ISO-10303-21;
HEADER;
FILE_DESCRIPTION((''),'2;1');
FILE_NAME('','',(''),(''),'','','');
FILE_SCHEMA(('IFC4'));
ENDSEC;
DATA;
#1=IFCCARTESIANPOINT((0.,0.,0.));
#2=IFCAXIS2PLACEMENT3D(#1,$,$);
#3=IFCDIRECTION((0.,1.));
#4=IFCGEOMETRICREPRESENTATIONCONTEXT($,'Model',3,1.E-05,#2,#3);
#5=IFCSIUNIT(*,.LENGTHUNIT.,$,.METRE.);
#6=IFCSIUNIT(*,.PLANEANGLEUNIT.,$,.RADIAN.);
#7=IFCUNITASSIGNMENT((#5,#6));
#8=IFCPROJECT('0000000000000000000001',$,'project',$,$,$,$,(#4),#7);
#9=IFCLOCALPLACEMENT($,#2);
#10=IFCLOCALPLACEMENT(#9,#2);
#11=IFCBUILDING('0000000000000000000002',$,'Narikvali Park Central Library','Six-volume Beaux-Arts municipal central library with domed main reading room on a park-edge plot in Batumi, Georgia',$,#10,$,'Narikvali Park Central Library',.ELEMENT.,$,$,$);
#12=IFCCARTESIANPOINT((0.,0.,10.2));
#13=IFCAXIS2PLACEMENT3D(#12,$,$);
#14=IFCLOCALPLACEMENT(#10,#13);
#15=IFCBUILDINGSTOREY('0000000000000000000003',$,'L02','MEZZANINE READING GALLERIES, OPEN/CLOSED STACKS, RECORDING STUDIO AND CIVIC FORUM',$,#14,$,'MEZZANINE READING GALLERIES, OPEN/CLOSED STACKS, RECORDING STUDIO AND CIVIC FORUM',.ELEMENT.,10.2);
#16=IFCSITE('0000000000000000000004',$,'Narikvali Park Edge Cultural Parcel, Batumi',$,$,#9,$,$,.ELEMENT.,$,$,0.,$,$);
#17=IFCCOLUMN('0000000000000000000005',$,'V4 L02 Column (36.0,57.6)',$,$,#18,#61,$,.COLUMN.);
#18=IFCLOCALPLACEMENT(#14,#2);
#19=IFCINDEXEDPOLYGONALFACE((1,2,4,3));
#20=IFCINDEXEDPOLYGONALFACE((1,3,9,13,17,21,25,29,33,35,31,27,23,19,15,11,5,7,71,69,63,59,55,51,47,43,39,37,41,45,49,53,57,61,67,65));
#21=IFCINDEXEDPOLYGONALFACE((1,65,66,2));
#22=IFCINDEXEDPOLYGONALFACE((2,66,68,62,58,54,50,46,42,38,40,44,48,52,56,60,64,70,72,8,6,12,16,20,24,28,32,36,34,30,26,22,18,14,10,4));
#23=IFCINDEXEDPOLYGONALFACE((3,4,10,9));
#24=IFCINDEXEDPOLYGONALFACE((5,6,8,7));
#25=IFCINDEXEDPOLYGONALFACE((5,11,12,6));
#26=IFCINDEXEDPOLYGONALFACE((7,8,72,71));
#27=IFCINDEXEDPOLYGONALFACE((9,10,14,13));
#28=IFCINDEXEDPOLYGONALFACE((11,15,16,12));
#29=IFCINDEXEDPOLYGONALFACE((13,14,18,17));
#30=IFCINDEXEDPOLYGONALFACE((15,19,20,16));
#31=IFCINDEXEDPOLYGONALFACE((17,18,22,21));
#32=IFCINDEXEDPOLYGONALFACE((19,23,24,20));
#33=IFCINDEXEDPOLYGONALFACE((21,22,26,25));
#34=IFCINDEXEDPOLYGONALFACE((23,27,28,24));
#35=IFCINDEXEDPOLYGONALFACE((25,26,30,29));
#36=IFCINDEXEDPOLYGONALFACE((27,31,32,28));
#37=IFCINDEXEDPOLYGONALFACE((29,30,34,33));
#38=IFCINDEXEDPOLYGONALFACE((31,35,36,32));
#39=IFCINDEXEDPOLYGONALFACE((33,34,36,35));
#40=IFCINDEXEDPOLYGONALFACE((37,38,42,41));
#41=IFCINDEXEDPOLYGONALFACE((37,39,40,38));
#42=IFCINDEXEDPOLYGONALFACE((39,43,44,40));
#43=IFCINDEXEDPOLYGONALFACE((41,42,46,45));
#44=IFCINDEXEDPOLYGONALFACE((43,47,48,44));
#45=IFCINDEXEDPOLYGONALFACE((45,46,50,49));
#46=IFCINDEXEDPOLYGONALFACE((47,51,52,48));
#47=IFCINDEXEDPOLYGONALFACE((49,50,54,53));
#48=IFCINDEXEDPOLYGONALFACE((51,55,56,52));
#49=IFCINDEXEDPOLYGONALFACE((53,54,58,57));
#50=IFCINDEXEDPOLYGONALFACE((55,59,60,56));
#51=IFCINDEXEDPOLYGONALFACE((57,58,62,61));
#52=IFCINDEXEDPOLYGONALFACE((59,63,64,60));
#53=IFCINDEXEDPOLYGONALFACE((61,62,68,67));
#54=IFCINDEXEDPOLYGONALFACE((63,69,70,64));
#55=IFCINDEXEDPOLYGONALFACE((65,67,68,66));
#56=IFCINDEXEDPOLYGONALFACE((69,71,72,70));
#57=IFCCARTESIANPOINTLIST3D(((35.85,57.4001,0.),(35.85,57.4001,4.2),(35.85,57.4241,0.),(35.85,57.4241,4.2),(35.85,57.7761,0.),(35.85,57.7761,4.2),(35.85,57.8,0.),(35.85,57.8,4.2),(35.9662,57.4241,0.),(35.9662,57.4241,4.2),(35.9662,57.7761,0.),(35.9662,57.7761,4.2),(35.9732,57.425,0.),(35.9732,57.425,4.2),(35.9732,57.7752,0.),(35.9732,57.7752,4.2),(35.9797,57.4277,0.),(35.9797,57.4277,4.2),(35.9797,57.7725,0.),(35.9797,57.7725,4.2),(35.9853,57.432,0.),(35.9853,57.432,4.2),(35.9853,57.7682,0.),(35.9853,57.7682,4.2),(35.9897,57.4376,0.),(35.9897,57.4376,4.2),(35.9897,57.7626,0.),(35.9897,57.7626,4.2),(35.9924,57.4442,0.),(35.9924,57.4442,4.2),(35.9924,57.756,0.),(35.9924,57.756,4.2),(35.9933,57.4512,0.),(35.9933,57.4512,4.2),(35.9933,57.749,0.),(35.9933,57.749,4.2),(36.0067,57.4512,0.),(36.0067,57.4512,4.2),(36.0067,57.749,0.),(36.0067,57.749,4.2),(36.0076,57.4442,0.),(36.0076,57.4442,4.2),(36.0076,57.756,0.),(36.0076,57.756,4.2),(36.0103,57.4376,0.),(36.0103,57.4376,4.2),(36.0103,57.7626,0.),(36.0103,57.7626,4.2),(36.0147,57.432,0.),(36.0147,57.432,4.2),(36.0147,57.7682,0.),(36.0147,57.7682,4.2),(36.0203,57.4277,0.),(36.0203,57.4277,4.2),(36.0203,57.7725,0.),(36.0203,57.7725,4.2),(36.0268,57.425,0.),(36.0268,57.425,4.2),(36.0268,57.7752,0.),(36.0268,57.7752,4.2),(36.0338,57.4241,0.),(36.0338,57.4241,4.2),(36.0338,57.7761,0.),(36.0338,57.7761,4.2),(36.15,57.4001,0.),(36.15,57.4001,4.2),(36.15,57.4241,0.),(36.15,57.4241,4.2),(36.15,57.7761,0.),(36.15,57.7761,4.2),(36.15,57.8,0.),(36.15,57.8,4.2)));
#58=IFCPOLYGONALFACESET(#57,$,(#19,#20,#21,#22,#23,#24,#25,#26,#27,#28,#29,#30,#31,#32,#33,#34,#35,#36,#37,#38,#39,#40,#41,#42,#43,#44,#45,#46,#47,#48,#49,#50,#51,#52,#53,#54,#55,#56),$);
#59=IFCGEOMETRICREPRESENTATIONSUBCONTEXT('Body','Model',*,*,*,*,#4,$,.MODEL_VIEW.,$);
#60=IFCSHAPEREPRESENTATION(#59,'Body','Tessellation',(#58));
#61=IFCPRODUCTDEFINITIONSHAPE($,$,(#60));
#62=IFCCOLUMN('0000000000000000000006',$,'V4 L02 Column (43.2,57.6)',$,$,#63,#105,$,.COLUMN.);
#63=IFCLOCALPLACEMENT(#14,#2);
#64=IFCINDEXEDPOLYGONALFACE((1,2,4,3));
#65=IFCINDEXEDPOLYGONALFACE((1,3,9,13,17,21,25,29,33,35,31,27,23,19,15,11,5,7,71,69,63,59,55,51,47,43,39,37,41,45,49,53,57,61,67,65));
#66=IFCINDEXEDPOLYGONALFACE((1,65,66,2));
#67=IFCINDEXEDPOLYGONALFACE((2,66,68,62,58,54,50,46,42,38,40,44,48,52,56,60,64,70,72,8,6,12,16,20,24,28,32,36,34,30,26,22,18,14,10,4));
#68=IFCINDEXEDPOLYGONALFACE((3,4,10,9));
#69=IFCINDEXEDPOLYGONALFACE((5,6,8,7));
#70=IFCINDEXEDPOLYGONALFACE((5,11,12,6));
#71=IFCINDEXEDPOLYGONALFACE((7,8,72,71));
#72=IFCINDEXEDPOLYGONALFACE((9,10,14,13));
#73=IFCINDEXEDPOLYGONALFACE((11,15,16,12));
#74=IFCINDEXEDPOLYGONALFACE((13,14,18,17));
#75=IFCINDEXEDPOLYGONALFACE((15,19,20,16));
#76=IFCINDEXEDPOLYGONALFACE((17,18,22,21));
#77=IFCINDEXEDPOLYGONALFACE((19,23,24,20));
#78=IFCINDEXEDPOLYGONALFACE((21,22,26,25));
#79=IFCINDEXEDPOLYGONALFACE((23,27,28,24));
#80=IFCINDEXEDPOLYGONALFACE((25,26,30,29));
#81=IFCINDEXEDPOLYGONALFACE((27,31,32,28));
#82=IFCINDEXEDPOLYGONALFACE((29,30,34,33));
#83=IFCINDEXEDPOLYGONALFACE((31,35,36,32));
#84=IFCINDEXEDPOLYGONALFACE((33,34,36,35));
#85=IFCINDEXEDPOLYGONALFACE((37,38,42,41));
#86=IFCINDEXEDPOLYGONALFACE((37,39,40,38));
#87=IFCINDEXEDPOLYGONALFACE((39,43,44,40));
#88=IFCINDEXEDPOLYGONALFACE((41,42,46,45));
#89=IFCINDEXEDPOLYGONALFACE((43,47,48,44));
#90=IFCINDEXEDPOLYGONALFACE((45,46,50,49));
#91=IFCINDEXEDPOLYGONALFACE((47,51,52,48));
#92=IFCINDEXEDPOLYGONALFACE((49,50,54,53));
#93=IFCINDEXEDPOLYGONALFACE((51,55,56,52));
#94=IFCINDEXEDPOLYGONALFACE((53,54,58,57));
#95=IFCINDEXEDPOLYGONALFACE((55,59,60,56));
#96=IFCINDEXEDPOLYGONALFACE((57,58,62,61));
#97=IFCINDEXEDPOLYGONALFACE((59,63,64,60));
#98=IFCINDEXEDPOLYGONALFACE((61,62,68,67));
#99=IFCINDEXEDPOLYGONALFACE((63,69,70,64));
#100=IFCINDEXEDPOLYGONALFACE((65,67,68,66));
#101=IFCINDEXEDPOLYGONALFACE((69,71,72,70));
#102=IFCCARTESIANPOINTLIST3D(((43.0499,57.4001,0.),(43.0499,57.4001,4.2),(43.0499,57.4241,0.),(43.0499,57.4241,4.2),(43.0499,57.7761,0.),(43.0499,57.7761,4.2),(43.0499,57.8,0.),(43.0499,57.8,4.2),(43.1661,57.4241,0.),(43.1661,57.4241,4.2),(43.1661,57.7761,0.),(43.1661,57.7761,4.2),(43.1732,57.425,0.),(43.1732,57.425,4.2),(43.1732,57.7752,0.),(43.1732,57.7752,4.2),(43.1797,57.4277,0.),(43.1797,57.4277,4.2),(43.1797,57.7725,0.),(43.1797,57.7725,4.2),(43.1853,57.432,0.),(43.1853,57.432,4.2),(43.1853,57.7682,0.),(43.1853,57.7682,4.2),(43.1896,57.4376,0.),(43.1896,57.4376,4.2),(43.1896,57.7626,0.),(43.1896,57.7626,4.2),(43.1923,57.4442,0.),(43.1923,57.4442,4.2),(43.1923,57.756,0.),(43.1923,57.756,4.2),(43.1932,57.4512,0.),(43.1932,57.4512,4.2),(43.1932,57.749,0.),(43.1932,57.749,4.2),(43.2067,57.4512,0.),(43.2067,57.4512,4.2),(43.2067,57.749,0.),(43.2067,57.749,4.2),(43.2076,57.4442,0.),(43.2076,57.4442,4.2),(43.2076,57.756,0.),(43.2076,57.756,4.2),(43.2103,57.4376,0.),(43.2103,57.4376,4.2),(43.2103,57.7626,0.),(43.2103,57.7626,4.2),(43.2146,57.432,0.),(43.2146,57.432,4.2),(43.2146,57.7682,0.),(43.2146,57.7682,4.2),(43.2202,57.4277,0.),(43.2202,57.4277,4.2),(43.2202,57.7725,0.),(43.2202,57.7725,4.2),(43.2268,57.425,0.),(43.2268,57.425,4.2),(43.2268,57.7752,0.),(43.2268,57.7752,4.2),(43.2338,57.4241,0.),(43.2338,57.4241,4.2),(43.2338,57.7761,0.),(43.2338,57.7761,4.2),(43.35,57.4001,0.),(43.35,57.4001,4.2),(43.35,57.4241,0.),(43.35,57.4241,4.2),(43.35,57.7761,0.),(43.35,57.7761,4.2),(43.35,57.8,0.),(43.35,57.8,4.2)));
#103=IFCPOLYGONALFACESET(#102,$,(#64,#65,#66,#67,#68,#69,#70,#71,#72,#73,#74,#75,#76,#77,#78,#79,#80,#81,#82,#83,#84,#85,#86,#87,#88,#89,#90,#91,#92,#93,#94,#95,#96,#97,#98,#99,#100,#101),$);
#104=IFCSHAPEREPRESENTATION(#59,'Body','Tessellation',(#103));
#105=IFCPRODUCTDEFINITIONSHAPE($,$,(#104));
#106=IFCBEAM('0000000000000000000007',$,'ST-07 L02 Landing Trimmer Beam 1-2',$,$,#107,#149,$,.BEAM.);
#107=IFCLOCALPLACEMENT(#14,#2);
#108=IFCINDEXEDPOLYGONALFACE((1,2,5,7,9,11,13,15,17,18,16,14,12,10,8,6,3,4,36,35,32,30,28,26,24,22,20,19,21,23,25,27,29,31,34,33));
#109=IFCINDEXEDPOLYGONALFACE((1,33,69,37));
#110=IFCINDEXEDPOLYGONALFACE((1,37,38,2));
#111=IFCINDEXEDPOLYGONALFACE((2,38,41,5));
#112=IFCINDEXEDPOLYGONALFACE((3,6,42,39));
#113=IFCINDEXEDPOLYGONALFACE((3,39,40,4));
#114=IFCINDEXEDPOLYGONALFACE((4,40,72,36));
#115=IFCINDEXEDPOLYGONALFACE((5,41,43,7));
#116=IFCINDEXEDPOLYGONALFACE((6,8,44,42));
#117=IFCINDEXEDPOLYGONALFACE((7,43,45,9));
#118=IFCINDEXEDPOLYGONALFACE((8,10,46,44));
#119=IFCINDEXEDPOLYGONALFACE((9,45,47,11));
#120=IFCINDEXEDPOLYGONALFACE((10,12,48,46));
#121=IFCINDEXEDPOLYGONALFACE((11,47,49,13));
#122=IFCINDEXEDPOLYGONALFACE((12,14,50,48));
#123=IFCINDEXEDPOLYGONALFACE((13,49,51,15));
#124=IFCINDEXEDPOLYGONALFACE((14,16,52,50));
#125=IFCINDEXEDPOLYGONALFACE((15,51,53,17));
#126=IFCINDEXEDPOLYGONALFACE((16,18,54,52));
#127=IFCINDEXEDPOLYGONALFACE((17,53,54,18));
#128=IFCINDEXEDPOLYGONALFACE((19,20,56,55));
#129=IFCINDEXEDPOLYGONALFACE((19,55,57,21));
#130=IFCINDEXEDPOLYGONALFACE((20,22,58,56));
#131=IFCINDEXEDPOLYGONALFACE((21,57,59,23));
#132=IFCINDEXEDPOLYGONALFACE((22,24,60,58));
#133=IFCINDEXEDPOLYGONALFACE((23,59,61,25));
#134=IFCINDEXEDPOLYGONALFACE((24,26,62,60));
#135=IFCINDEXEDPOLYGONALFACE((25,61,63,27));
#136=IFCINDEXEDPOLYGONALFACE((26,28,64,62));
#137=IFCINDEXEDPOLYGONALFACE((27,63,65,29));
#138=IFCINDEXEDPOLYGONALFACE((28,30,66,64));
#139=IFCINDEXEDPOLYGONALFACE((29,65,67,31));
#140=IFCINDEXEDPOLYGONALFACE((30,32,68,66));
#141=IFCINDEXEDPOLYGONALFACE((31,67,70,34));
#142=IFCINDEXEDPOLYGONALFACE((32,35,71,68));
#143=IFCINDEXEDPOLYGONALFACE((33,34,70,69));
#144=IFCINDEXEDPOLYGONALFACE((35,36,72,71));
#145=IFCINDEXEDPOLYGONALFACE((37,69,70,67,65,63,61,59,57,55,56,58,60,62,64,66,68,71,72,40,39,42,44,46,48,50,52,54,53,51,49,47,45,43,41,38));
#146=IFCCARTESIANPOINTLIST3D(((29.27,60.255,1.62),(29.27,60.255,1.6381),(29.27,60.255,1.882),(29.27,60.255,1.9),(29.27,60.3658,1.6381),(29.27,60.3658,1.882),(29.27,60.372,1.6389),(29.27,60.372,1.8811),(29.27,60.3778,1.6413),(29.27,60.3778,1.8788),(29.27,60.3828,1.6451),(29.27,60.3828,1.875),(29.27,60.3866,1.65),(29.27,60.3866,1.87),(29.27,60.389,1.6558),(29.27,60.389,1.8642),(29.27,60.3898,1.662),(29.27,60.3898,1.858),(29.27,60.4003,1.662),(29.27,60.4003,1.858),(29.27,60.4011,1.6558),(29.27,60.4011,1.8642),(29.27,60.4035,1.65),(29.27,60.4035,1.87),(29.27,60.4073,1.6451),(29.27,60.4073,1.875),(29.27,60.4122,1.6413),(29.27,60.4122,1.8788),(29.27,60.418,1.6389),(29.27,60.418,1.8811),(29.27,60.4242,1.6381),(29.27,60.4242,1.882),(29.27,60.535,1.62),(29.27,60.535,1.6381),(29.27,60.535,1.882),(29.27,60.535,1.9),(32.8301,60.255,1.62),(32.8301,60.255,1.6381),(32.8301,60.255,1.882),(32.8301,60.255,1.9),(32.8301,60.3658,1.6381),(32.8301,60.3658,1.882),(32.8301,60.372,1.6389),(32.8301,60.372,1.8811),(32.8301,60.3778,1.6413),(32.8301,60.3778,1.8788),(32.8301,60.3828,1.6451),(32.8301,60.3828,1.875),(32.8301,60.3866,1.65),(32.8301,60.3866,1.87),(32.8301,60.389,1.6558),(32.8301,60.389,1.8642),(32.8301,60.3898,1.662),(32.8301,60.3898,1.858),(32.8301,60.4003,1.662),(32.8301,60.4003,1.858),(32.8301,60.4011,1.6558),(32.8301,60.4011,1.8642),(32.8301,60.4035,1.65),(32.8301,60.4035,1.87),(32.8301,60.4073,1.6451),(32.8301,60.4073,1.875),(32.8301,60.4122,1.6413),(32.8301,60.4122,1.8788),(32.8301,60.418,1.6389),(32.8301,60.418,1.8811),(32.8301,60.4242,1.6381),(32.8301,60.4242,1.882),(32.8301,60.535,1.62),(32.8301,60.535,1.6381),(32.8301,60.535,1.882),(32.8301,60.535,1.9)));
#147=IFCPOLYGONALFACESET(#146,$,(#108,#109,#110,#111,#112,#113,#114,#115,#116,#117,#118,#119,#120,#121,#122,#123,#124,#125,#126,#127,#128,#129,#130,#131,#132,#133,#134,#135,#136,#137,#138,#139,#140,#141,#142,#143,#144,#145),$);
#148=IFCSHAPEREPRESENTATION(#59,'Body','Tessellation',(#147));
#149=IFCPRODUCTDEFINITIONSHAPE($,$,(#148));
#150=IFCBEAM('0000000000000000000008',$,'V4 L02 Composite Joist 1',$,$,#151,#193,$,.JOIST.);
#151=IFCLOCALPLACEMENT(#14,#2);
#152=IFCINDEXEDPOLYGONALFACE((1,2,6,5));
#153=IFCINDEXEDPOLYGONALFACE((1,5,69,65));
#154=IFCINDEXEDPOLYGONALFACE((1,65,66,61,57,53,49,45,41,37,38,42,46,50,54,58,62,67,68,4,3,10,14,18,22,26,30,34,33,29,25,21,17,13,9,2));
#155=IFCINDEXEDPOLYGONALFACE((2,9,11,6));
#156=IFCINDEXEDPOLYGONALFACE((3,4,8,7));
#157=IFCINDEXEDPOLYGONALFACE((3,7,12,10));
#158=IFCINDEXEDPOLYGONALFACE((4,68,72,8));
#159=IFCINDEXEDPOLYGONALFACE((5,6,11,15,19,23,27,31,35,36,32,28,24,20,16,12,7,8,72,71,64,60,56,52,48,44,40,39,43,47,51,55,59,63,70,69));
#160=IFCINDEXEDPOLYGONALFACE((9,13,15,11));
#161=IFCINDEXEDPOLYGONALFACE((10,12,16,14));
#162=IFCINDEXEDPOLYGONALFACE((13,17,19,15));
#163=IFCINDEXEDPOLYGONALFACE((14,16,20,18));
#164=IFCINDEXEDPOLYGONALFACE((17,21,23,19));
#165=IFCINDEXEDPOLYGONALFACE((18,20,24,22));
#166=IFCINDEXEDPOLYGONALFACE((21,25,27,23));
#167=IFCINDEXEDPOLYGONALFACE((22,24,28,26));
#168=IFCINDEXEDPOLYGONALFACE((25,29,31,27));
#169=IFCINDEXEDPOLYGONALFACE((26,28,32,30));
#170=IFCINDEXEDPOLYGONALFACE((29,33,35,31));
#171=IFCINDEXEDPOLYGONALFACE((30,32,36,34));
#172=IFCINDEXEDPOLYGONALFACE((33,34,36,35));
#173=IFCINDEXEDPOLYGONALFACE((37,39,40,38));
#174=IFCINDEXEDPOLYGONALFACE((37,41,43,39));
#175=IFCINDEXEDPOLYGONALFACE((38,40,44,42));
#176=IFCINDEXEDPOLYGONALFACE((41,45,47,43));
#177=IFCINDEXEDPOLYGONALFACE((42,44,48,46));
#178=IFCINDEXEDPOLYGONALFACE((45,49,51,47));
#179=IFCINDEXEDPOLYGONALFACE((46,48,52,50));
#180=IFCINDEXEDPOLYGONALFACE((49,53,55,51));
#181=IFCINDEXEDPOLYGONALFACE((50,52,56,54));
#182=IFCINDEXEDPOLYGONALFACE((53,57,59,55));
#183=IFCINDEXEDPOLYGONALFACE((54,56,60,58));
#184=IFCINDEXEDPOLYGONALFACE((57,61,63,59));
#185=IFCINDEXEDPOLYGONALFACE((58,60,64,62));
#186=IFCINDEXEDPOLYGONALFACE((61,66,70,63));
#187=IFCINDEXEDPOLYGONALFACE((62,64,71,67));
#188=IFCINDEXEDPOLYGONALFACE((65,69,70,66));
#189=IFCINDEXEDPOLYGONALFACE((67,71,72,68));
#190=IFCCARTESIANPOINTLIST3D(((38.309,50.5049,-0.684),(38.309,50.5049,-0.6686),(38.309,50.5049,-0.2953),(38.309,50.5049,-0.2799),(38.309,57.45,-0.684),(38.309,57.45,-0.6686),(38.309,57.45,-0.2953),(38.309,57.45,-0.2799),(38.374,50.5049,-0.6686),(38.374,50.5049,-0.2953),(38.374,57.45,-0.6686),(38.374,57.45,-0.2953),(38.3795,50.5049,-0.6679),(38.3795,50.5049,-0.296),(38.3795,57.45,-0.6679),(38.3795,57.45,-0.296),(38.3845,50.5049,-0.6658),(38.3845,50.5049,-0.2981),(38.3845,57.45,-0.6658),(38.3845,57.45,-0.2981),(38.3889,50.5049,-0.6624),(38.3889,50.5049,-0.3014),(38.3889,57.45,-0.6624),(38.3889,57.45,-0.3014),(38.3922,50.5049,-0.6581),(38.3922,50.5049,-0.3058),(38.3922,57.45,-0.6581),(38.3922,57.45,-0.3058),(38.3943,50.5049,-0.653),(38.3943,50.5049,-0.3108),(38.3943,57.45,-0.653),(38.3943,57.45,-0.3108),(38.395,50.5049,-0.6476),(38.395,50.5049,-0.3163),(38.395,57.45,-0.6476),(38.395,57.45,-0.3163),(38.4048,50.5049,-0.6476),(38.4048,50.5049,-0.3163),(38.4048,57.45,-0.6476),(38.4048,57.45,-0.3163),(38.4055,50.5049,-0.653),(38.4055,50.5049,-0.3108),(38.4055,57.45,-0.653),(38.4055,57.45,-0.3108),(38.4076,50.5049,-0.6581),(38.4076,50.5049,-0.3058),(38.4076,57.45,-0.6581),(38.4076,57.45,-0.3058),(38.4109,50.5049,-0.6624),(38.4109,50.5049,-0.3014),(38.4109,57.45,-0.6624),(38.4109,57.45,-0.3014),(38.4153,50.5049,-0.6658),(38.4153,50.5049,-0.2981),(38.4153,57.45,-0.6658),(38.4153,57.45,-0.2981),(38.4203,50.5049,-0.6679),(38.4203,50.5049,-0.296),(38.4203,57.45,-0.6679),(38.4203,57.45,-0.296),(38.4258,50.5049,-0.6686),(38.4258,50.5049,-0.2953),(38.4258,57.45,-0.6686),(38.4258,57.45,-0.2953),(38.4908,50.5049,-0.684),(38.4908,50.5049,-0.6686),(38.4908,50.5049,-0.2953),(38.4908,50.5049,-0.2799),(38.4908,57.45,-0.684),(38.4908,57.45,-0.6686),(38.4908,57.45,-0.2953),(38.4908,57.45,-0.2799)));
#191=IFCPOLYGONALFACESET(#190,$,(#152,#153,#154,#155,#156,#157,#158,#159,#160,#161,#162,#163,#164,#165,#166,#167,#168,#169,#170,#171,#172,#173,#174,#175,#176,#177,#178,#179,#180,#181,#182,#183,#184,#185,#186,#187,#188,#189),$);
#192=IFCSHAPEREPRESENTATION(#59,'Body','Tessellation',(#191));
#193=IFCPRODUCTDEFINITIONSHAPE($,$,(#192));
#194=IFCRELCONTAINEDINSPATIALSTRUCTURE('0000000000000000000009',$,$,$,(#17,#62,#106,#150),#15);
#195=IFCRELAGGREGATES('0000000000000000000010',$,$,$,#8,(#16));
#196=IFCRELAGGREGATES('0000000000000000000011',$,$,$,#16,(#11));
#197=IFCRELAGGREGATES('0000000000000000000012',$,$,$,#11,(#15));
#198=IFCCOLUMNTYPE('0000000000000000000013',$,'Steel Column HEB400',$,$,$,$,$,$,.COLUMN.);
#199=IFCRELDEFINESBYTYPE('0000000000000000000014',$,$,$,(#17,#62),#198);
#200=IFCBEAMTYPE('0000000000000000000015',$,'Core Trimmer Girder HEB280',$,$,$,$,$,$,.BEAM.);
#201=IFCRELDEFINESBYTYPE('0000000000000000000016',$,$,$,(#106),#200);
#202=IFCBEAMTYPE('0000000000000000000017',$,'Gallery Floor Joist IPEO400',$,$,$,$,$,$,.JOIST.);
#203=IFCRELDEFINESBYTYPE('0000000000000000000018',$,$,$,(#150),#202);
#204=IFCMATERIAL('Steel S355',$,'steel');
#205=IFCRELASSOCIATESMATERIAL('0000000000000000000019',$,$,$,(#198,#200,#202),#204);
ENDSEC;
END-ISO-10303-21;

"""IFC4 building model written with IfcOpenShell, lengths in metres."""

from ifc_helpers import new_model, si_unit, direction, frame, origin, origin_2d, place, context, subcontext, project, spatial, i_section, extrude, material, material_profile, profile_set, type_object, element, save


model = new_model("IFC4")

# Units and contexts
model_context = context("Model", 3, precision=1e-05, world=origin(), true_north=direction((0.0, 1.0)))
body_context = subcontext(model_context, "Body", "Model", "MODEL_VIEW")
ifc_project = project(units=[si_unit("LENGTHUNIT", "METRE"), si_unit("PLANEANGLEUNIT", "RADIAN")], contexts=[model_context])

# Site, building, storey
site_placement = place(None, origin())
site = spatial("IfcSite", under=ifc_project, at=site_placement, Name="Narikvali Park Edge Cultural Parcel, Batumi", CompositionType="ELEMENT", RefElevation=0.0)
building_placement = place(site_placement, origin())
building = spatial("IfcBuilding", under=site, at=building_placement, Name="Narikvali Park Central Library", Description="Six-volume Beaux-Arts municipal central library with domed main reading room on a park-edge plot in Batumi, Georgia", LongName="Narikvali Park Central Library", CompositionType="ELEMENT")
storey_placement = place(building_placement, frame((0.0, 0.0, 10.2)))
storey = spatial("IfcBuildingStorey", under=building, at=storey_placement, Name="L02", Description="MEZZANINE READING GALLERIES, OPEN/CLOSED STACKS, RECORDING STUDIO AND CIVIC FORUM", LongName="MEZZANINE READING GALLERIES, OPEN/CLOSED STACKS, RECORDING STUDIO AND CIVIC FORUM", CompositionType="ELEMENT", Elevation=10.2)

# Columns
ifc_material_1 = material(Name="Steel S355", Category="steel")
ifc_material_profile_1 = material_profile(ifc_material_1, i_section(OverallWidth=0.3, OverallDepth=0.3999, WebThickness=0.0134, FlangeThickness=0.0239, FilletRadius=0.0271, at=origin_2d()), Name="HEB 400")
ifc_profile_set_1 = profile_set([ifc_material_profile_1], Name="Steel S355")
column_type = type_object("IfcColumnType", Name="Steel Column HEB400", PredefinedType="COLUMN", material=ifc_profile_set_1)
for number, where, z_axis, x_axis, name in (
    (1, (36.0, 57.6001, 0.0), (0.0, 0.0, 1.0), (1.0, 0.0, 0.0), "V4 L02 Column (36.0,57.6)"),
    (2, (43.2, 57.6001, 0.0), (0.0, 0.0, 1.0), (1.0, 0.0, 0.0), "V4 L02 Column (43.2,57.6)"),
):
    element("IfcColumn", number, at=place(storey_placement, frame(where, z_axis=z_axis, x_axis=x_axis)), inside=storey, type_object=column_type, Name=name, PredefinedType="COLUMN", context=body_context, shape_type="SweptSolid", body=[
        extrude(i_section(OverallWidth=0.3, OverallDepth=0.3999, WebThickness=0.0134, FlangeThickness=0.0239, FilletRadius=0.0271, at=origin_2d()), origin(), (0.0, 0.0, 1.0), 4.2),
    ])

# Beams
ifc_material_profile_2 = material_profile(ifc_material_1, i_section(OverallWidth=0.28, OverallDepth=0.28, WebThickness=0.0105, FlangeThickness=0.0181, FilletRadius=0.0239, at=origin_2d()), Name="HEB 280")
ifc_profile_set_2 = profile_set([ifc_material_profile_2], Name="Steel S355")
beam_type_1 = type_object("IfcBeamType", Name="Core Trimmer Girder HEB280", PredefinedType="BEAM", material=ifc_profile_set_2)
beam_1_placement = place(storey_placement, frame((29.27, 60.395, 1.76), z_axis=(1.0, 0.0, 0.0), x_axis=(0.0, 1.0, 0.0)))
element("IfcBeam", 3, at=beam_1_placement, inside=storey, type_object=beam_type_1, Name="ST-07 L02 Landing Trimmer Beam 1-2", PredefinedType="BEAM", context=body_context, shape_type="SweptSolid", body=[
    extrude(i_section(OverallWidth=0.28, OverallDepth=0.28, WebThickness=0.0105, FlangeThickness=0.0181, FilletRadius=0.0239, at=origin_2d()), origin(), (0.0, 0.0, 1.0), 3.5601),
])
ifc_material_profile_3 = material_profile(ifc_material_1, i_section(OverallWidth=0.1819, OverallDepth=0.4041, WebThickness=0.0098, FlangeThickness=0.0154, FilletRadius=0.021, at=origin_2d()), Name="IPEO 400")
ifc_profile_set_3 = profile_set([ifc_material_profile_3], Name="Steel S355")
beam_type_2 = type_object("IfcBeamType", Name="Gallery Floor Joist IPEO400", PredefinedType="JOIST", material=ifc_profile_set_3)
for number, where, z_axis, x_axis, name in (
    (4, (38.3999, 50.5049, -0.4819), (0.0, 1.0, 0.0), (-1.0, 0.0, 0.0), "V4 L02 Composite Joist 1"),
):
    element("IfcBeam", number, at=place(storey_placement, frame(where, z_axis=z_axis, x_axis=x_axis)), inside=storey, type_object=beam_type_2, Name=name, PredefinedType="JOIST", context=body_context, shape_type="SweptSolid", body=[
        extrude(i_section(OverallWidth=0.1819, OverallDepth=0.4041, WebThickness=0.0098, FlangeThickness=0.0154, FilletRadius=0.021, at=origin_2d()), origin(), (0.0, 0.0, 1.0), 6.9451),
    ])

save(model, "model.ifc")
